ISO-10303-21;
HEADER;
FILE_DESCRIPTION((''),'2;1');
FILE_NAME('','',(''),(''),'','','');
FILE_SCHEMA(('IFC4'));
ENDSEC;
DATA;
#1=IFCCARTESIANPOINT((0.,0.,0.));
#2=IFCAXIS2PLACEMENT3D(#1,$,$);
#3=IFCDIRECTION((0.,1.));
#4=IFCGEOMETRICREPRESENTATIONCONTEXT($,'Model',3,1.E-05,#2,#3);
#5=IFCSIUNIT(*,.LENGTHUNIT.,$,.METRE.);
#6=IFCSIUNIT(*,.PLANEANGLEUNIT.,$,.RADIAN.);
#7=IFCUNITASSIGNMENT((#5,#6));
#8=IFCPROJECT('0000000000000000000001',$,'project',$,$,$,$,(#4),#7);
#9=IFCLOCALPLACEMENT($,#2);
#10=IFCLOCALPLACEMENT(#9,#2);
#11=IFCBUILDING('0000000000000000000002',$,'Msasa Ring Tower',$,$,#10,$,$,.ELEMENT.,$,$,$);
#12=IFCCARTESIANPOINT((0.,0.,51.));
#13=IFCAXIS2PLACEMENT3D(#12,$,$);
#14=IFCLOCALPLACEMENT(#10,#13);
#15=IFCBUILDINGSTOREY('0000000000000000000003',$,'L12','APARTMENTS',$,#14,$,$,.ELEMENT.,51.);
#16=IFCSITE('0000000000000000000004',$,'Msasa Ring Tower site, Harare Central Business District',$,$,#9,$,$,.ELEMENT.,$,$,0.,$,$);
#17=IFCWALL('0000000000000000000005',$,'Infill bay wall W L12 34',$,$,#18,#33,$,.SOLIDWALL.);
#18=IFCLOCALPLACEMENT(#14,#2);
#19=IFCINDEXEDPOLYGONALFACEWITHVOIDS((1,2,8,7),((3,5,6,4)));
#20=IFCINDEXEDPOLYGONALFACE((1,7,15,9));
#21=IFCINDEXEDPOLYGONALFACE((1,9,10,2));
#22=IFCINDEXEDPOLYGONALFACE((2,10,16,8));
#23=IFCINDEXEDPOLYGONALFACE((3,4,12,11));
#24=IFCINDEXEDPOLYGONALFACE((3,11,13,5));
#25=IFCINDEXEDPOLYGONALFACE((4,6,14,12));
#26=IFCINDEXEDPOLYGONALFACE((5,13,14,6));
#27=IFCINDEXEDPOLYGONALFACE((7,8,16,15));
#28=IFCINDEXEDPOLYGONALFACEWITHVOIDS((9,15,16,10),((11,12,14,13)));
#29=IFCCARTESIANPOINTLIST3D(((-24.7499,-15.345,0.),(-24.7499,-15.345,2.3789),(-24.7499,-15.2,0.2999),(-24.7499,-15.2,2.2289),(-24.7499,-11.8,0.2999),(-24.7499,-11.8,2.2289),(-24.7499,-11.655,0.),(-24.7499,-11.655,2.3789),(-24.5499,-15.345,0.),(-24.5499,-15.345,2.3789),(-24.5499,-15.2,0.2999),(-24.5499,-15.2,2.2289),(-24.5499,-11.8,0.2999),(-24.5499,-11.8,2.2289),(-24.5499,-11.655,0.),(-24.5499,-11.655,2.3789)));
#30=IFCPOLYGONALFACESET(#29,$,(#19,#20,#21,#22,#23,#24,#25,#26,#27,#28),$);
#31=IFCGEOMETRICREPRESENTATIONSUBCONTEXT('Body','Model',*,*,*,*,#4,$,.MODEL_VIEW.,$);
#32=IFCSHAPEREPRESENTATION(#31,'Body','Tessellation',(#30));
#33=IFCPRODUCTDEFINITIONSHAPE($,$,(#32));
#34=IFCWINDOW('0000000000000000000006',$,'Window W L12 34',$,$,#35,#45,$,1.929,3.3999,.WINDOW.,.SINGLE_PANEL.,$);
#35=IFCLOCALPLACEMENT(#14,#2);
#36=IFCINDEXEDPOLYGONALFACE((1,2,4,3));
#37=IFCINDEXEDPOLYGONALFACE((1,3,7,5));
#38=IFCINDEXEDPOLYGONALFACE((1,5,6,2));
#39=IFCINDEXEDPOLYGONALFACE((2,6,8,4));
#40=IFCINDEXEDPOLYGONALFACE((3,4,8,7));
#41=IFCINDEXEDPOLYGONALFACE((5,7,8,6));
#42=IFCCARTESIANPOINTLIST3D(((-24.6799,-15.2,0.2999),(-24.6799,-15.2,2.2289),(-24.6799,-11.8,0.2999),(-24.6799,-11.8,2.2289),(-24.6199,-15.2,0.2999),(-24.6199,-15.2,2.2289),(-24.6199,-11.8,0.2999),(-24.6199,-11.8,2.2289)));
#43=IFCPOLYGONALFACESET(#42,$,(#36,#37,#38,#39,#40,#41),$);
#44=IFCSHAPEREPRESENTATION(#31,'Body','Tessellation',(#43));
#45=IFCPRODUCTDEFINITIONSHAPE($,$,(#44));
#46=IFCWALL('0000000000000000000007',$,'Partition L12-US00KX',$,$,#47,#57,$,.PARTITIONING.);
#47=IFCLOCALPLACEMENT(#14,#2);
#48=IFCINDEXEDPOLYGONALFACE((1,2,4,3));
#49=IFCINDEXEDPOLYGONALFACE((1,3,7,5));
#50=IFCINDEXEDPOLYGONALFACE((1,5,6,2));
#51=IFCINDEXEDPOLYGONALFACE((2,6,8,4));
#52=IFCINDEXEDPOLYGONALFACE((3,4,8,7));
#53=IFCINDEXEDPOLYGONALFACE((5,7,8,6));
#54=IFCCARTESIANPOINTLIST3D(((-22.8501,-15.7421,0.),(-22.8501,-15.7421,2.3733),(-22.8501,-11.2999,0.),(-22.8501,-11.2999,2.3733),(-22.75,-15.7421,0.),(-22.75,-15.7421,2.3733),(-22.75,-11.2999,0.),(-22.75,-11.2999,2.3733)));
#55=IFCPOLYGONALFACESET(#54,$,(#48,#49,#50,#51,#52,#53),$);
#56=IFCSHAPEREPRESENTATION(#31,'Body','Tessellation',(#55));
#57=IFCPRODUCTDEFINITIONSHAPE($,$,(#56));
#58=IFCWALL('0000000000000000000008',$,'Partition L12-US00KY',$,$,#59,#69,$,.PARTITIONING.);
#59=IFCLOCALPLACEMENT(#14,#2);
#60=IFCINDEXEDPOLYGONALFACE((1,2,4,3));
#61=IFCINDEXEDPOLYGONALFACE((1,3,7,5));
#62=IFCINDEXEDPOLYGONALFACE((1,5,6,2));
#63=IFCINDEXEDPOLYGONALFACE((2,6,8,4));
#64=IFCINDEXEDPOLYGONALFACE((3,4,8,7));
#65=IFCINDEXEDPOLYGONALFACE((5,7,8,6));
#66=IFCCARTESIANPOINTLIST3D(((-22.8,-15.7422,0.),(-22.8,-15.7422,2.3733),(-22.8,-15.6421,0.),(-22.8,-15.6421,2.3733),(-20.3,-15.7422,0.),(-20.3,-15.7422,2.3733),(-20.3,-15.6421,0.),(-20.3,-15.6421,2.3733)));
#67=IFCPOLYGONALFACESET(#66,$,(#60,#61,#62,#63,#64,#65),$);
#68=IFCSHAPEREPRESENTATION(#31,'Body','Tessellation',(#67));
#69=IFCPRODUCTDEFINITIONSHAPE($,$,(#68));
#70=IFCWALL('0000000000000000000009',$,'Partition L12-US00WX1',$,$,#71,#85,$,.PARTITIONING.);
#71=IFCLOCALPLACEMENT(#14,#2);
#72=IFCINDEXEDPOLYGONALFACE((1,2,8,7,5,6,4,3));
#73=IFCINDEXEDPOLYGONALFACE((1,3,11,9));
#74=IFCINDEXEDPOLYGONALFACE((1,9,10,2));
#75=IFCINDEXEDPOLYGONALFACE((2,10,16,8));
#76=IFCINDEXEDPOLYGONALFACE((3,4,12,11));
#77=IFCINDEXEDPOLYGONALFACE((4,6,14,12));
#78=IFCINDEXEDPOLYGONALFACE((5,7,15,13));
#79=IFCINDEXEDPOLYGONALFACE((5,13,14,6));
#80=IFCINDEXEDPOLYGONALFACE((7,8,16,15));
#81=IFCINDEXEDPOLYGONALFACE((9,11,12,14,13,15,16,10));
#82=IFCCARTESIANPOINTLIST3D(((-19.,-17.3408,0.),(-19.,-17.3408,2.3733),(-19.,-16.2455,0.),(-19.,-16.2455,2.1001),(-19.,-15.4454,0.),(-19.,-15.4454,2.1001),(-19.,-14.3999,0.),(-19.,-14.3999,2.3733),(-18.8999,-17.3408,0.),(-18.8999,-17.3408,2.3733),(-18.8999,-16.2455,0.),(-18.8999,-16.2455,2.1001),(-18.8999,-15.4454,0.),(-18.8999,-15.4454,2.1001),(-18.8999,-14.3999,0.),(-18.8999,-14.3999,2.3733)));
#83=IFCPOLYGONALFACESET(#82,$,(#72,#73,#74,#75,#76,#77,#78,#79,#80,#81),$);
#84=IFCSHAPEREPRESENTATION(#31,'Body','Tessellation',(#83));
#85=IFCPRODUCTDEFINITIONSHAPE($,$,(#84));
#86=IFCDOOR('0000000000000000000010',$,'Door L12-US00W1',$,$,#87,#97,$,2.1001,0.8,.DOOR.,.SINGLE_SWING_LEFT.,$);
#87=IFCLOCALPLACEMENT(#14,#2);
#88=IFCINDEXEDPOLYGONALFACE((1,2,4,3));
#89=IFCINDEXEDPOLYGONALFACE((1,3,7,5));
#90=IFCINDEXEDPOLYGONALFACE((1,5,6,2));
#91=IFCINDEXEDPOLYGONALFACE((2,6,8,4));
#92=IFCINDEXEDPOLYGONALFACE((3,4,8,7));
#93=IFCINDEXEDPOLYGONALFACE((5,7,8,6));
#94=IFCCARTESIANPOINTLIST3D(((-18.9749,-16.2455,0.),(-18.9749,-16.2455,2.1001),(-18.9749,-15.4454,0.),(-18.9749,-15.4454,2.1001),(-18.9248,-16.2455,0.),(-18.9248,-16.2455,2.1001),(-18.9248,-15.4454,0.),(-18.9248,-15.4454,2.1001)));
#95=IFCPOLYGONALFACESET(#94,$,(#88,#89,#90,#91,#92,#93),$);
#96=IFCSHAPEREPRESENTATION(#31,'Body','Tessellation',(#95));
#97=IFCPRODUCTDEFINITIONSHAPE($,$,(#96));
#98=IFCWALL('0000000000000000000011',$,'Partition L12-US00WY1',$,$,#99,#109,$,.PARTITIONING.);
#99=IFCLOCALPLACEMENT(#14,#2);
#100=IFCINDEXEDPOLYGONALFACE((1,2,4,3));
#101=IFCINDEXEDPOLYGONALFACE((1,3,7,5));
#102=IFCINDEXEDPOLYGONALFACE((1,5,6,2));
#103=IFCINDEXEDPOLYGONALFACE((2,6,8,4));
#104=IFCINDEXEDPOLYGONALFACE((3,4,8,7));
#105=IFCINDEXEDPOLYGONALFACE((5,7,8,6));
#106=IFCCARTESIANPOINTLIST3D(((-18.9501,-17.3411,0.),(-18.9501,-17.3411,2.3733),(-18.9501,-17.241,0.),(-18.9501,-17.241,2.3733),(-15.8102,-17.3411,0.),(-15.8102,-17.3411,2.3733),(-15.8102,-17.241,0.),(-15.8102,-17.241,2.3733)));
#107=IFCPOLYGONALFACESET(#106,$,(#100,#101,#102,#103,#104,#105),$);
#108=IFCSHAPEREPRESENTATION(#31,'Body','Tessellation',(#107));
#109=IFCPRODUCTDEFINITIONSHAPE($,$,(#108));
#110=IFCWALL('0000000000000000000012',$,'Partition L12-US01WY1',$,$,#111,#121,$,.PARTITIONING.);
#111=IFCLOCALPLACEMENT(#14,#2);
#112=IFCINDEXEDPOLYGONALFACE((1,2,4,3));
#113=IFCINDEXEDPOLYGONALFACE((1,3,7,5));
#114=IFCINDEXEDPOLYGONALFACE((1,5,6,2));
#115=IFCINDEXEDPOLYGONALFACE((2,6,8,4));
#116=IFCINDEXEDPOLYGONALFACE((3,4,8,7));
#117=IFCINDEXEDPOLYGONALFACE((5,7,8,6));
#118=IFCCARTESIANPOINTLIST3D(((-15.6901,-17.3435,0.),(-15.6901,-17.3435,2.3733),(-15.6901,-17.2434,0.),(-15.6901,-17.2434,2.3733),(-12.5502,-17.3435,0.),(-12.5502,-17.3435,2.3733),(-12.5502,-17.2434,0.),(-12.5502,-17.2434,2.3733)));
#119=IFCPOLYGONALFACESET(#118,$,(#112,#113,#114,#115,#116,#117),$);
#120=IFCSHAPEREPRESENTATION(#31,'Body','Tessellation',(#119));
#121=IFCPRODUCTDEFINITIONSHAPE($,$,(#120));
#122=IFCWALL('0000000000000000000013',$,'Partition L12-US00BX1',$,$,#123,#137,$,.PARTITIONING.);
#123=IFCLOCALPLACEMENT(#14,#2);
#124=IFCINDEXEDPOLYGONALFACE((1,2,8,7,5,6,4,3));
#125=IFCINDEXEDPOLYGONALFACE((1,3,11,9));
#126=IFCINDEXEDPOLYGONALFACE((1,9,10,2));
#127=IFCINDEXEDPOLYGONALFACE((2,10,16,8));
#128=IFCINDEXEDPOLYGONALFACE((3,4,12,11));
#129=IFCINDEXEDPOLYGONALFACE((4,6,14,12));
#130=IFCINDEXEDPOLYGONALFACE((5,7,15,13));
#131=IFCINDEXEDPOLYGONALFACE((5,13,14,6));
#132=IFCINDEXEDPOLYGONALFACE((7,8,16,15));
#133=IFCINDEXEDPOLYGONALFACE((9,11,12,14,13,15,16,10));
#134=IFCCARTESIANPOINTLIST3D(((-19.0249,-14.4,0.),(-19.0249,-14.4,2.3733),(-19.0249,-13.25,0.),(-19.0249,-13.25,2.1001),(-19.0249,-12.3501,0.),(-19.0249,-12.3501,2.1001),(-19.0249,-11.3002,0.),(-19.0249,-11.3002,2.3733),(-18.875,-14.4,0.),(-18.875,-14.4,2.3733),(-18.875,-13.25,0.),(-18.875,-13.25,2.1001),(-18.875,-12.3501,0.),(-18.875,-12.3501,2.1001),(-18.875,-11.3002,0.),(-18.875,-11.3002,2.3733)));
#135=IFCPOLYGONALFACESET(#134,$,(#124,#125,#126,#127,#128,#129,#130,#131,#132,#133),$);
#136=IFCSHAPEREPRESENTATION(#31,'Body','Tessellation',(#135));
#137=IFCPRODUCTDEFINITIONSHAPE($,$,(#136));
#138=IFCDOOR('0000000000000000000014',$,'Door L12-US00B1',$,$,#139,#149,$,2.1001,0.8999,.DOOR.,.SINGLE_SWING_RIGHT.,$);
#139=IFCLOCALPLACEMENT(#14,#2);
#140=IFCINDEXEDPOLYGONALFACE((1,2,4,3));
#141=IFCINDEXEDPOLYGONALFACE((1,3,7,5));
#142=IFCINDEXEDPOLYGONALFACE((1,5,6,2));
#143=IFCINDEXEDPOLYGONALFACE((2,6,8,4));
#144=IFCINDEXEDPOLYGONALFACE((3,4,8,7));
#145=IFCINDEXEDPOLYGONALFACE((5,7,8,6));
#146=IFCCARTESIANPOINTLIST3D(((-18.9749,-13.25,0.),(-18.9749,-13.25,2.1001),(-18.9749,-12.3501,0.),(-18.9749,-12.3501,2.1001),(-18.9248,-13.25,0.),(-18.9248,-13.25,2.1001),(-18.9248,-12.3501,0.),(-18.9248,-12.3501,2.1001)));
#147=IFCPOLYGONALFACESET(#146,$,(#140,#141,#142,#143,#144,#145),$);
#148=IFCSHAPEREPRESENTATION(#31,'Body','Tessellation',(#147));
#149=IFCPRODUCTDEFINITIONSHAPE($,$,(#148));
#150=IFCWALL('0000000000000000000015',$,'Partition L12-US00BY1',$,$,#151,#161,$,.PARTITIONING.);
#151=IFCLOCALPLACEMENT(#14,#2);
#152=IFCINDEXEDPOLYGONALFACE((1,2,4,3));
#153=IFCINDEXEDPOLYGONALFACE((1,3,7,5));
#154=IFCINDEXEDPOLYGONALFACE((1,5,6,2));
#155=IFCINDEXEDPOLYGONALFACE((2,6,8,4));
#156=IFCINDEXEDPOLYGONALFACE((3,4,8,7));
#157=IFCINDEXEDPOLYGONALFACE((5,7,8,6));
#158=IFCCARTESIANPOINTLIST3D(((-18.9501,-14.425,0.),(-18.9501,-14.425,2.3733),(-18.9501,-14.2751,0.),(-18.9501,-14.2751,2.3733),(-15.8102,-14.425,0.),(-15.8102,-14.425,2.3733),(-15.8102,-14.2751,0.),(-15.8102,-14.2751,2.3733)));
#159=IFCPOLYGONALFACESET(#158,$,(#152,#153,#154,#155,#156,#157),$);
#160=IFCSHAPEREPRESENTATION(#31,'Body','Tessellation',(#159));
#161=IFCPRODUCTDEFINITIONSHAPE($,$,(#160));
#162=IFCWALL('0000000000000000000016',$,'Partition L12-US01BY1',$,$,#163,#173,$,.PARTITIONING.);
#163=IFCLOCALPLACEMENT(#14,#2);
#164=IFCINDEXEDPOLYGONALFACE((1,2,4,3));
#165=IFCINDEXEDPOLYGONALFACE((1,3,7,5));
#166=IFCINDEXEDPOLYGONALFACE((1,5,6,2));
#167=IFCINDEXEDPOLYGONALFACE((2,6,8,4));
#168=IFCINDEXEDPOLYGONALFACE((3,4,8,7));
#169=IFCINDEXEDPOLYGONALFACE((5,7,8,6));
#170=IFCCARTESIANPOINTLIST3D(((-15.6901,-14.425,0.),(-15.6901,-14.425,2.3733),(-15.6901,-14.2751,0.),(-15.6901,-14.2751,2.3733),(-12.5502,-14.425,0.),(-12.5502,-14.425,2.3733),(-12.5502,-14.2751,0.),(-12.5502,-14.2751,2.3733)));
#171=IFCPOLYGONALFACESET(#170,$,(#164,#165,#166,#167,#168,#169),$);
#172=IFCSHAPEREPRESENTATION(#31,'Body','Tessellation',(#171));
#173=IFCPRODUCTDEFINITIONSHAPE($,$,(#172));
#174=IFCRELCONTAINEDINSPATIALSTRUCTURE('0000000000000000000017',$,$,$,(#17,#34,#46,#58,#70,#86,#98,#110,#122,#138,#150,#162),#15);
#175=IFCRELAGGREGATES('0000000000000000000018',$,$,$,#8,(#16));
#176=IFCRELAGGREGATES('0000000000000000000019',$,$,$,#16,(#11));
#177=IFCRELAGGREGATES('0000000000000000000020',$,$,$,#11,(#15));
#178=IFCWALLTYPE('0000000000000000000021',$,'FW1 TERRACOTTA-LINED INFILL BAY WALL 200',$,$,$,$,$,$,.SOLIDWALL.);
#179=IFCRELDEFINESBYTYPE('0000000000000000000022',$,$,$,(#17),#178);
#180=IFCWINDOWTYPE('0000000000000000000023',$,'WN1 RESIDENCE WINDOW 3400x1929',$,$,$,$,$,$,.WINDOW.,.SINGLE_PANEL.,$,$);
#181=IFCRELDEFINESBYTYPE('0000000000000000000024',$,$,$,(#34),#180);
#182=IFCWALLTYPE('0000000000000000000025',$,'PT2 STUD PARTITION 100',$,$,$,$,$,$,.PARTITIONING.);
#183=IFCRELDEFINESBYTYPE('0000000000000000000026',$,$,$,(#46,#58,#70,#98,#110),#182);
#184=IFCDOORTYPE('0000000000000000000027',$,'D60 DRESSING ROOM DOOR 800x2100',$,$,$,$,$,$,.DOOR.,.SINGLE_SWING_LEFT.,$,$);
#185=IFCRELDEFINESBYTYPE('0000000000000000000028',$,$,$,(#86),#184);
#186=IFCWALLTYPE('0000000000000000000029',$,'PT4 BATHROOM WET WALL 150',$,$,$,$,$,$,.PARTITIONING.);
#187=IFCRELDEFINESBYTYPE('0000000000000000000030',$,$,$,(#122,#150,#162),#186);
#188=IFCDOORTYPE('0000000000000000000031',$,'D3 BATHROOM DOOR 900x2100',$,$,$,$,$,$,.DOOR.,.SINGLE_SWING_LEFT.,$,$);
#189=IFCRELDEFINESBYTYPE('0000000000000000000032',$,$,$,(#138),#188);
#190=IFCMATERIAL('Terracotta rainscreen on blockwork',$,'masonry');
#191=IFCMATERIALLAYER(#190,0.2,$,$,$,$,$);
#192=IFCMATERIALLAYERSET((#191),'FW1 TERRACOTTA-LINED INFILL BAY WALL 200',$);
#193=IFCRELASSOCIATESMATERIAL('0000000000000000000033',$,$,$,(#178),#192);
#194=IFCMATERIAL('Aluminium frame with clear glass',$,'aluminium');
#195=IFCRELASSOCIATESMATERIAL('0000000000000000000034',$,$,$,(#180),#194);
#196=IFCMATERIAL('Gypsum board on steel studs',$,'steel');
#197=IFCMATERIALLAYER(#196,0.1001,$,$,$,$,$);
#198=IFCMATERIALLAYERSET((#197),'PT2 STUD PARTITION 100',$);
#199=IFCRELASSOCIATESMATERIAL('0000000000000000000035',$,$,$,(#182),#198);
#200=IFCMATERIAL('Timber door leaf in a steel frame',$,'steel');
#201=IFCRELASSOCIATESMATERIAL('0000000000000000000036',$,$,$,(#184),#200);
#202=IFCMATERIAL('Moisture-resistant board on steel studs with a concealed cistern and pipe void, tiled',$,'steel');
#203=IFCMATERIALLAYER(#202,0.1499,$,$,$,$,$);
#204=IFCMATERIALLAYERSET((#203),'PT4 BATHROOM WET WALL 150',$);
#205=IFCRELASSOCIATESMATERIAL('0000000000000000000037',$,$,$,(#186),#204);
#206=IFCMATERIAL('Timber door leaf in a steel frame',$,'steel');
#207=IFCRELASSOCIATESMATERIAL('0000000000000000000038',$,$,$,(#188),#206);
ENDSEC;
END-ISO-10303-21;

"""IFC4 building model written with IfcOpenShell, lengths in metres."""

from ifc_helpers import new_model, si_unit, direction, frame, frame_2d, origin, place, context, subcontext, project, spatial, rectangle, extrude, material, layer, layer_set, type_object, element, fill, save


model = new_model("IFC4")

# Units and contexts
model_context = context("Model", 3, precision=1e-05, world=origin(), true_north=direction((0.0, 1.0)))
body_context = subcontext(model_context, "Body", "Model", "MODEL_VIEW")
ifc_project = project(units=[si_unit("LENGTHUNIT", "METRE"), si_unit("PLANEANGLEUNIT", "RADIAN")], contexts=[model_context])

# Site, building, storey
site_placement = place(None, origin())
site = spatial("IfcSite", under=ifc_project, at=site_placement, Name="Msasa Ring Tower site, Harare Central Business District", CompositionType="ELEMENT", RefElevation=0.0)
building_placement = place(site_placement, origin())
building = spatial("IfcBuilding", under=site, at=building_placement, Name="Msasa Ring Tower", CompositionType="ELEMENT")
storey_placement = place(building_placement, frame((0.0, 0.0, 51.0)))
storey = spatial("IfcBuildingStorey", under=building, at=storey_placement, Name="L12", Description="APARTMENTS", CompositionType="ELEMENT", Elevation=51.0)

# Wall, opening, window
ifc_material_1 = material(Name="Terracotta rainscreen on blockwork", Category="masonry")
ifc_layer_1 = layer(ifc_material_1, 0.2)
ifc_layer_set_1 = layer_set([ifc_layer_1], Name="FW1 TERRACOTTA-LINED INFILL BAY WALL 200")
wall_type_1 = type_object("IfcWallType", Name="FW1 TERRACOTTA-LINED INFILL BAY WALL 200", PredefinedType="SOLIDWALL", material=ifc_layer_set_1)
ifc_material_2 = material(Name="Aluminium frame with clear glass", Category="aluminium")
window_type = type_object("IfcWindowType", Name="WN1 RESIDENCE WINDOW 3400x1929", PartitioningType="SINGLE_PANEL", PredefinedType="WINDOW", material=ifc_material_2)
wall_1_placement = place(storey_placement, frame((-24.6499, -15.345, 0.0), z_axis=(0.0, 0.0, 1.0), x_axis=(0.0, 1.0, 0.0)))
wall_1 = element("IfcWall", 1, at=wall_1_placement, inside=storey, type_object=wall_type_1, Name="Infill bay wall W L12 34", PredefinedType="SOLIDWALL", context=body_context, shape_type="SweptSolid", body=[
    extrude(rectangle(XDim=3.6899, YDim=0.2, at=frame_2d((1.845, 0.0))), origin(), (0.0, 0.0, 1.0), 2.3789),
])
opening_1_placement = place(wall_1_placement, frame((0.145, 0.0, 0.3)))
opening_1 = element("IfcOpeningElement", 2, at=opening_1_placement, cuts=wall_1, PredefinedType="OPENING", context=body_context, shape_type="SweptSolid", body=[
    extrude(rectangle(XDim=3.3999, YDim=1.929, at=frame_2d((1.7, 0.9644))), frame((0.0, 0.1099, 0.0), z_axis=(0.0, -1.0, 0.0), x_axis=(1.0, 0.0, 0.0)), (0.0, 0.0, 1.0), 0.22),
])
window_1_placement = place(opening_1_placement, origin())
window_1 = element("IfcWindow", 3, at=window_1_placement, inside=storey, type_object=window_type, Name="Window W L12 34", OverallHeight=1.929, OverallWidth=3.3999, PartitioningType="SINGLE_PANEL", PredefinedType="WINDOW", context=body_context, shape_type="SweptSolid", body=[
    extrude(rectangle(XDim=3.3999, YDim=1.929, at=frame_2d((1.7, 0.9644))), frame((0.0, 0.03, 0.0), z_axis=(0.0, -1.0, 0.0), x_axis=(1.0, 0.0, 0.0)), (0.0, 0.0, 1.0), 0.0601),
])
fill(opening_1, window_1)

# Walls
ifc_material_3 = material(Name="Gypsum board on steel studs", Category="steel")
ifc_layer_2 = layer(ifc_material_3, 0.1001)
ifc_layer_set_2 = layer_set([ifc_layer_2], Name="PT2 STUD PARTITION 100")
wall_type_2 = type_object("IfcWallType", Name="PT2 STUD PARTITION 100", PredefinedType="PARTITIONING", material=ifc_layer_set_2)
wall_2_placement = place(storey_placement, frame((-22.8, -15.7422, 0.0), z_axis=(0.0, 0.0, 1.0), x_axis=(0.0, 1.0, 0.0)))
element("IfcWall", 4, at=wall_2_placement, inside=storey, type_object=wall_type_2, Name="Partition L12-US00KX", PredefinedType="PARTITIONING", context=body_context, shape_type="SweptSolid", body=[
    extrude(rectangle(XDim=4.4421, YDim=0.1001, at=frame_2d((2.2212, 0.0))), origin(), (0.0, 0.0, 1.0), 2.3733),
])
wall_3_placement = place(storey_placement, frame((-22.8, -15.6921, 0.0), z_axis=(0.0, 0.0, 1.0), x_axis=(1.0, 0.0, 0.0)))
element("IfcWall", 5, at=wall_3_placement, inside=storey, type_object=wall_type_2, Name="Partition L12-US00KY", PredefinedType="PARTITIONING", context=body_context, shape_type="SweptSolid", body=[
    extrude(rectangle(XDim=2.5, YDim=0.1001, at=frame_2d((1.25, 0.0))), origin(), (0.0, 0.0, 1.0), 2.3733),
])

# Wall, opening, door
wall_4_placement = place(storey_placement, frame((-18.95, -17.3408, 0.0), z_axis=(0.0, 0.0, 1.0), x_axis=(0.0, 1.0, 0.0)))
wall_4 = element("IfcWall", 6, at=wall_4_placement, inside=storey, type_object=wall_type_2, Name="Partition L12-US00WX1", PredefinedType="PARTITIONING", context=body_context, shape_type="SweptSolid", body=[
    extrude(rectangle(XDim=2.9409, YDim=0.1001, at=frame_2d((1.4705, 0.0))), origin(), (0.0, 0.0, 1.0), 2.3733),
])
opening_2_placement = place(wall_4_placement, frame((1.0955, 0.0, 0.0)))
opening_2 = element("IfcOpeningElement", 7, at=opening_2_placement, cuts=wall_4, PredefinedType="OPENING", context=body_context, shape_type="SweptSolid", body=[
    extrude(rectangle(XDim=0.8, YDim=2.1001, at=frame_2d((0.3999, 1.05))), frame((0.0, 0.0601, 0.0), z_axis=(0.0, -1.0, 0.0), x_axis=(1.0, 0.0, 0.0)), (0.0, 0.0, 1.0), 0.1201),
])
ifc_material_4 = material(Name="Timber door leaf in a steel frame", Category="steel")
door_type_1 = type_object("IfcDoorType", Name="D60 DRESSING ROOM DOOR 800x2100", OperationType="SINGLE_SWING_LEFT", PredefinedType="DOOR", material=ifc_material_4)
door_1_placement = place(opening_2_placement, origin())
door_1 = element("IfcDoor", 8, at=door_1_placement, inside=storey, type_object=door_type_1, Name="Door L12-US00W1", OperationType="SINGLE_SWING_LEFT", OverallHeight=2.1001, OverallWidth=0.8, PredefinedType="DOOR", context=body_context, shape_type="SweptSolid", body=[
    extrude(rectangle(XDim=0.8, YDim=2.1001, at=frame_2d((0.3999, 1.05))), frame((0.0, 0.0249, 0.0), z_axis=(0.0, -1.0, 0.0), x_axis=(1.0, 0.0, 0.0)), (0.0, 0.0, 1.0), 0.05),
])
fill(opening_2, door_1)

# Walls
for number, where, z_axis, x_axis, name in (
    (9, (-18.95, -17.291, 0.0), (0.0, 0.0, 1.0), (1.0, 0.0, 0.0), "Partition L12-US00WY1"),
    (10, (-15.6899, -17.2935, 0.0), (0.0, 0.0, 1.0), (1.0, 0.0, 0.0), "Partition L12-US01WY1"),
):
    element("IfcWall", number, at=place(storey_placement, frame(where, z_axis=z_axis, x_axis=x_axis)), inside=storey, type_object=wall_type_2, Name=name, PredefinedType="PARTITIONING", context=body_context, shape_type="SweptSolid", body=[
        extrude(rectangle(XDim=3.1399, YDim=0.1001, at=frame_2d((1.5698, 0.0))), origin(), (0.0, 0.0, 1.0), 2.3733),
    ])

# Wall, opening, door
ifc_material_5 = material(Name="Moisture-resistant board on steel studs with a concealed cistern and pipe void, tiled", Category="steel")
ifc_layer_3 = layer(ifc_material_5, 0.1499)
ifc_layer_set_3 = layer_set([ifc_layer_3], Name="PT4 BATHROOM WET WALL 150")
wall_type_3 = type_object("IfcWallType", Name="PT4 BATHROOM WET WALL 150", PredefinedType="PARTITIONING", material=ifc_layer_set_3)
wall_5_placement = place(storey_placement, frame((-18.95, -14.3999, 0.0), z_axis=(0.0, 0.0, 1.0), x_axis=(0.0, 1.0, 0.0)))
wall_5 = element("IfcWall", 11, at=wall_5_placement, inside=storey, type_object=wall_type_3, Name="Partition L12-US00BX1", PredefinedType="PARTITIONING", context=body_context, shape_type="SweptSolid", body=[
    extrude(rectangle(XDim=3.0999, YDim=0.1499, at=frame_2d((1.5498, 0.0))), origin(), (0.0, 0.0, 1.0), 2.3733),
])
opening_3_placement = place(wall_5_placement, frame((1.1499, 0.0, 0.0)))
opening_3 = element("IfcOpeningElement", 12, at=opening_3_placement, cuts=wall_5, PredefinedType="OPENING", context=body_context, shape_type="SweptSolid", body=[
    extrude(rectangle(XDim=0.8999, YDim=2.1001, at=frame_2d((0.45, 1.05))), frame((0.0, 0.085, 0.0), z_axis=(0.0, -1.0, 0.0), x_axis=(1.0, 0.0, 0.0)), (0.0, 0.0, 1.0), 0.1699),
])
ifc_material_6 = material(Name="Timber door leaf in a steel frame", Category="steel")
door_type_2 = type_object("IfcDoorType", Name="D3 BATHROOM DOOR 900x2100", OperationType="SINGLE_SWING_LEFT", PredefinedType="DOOR", material=ifc_material_6)
door_2_placement = place(opening_3_placement, origin())
door_2 = element("IfcDoor", 13, at=door_2_placement, inside=storey, type_object=door_type_2, Name="Door L12-US00B1", OperationType="SINGLE_SWING_RIGHT", OverallHeight=2.1001, OverallWidth=0.8999, PredefinedType="DOOR", context=body_context, shape_type="SweptSolid", body=[
    extrude(rectangle(XDim=0.8999, YDim=2.1001, at=frame_2d((0.45, 1.05))), frame((0.0, 0.0249, 0.0), z_axis=(0.0, -1.0, 0.0), x_axis=(1.0, 0.0, 0.0)), (0.0, 0.0, 1.0), 0.05),
])
fill(opening_3, door_2)

# Walls
for number, where, z_axis, x_axis, name in (
    (14, (-18.95, -14.3501, 0.0), (0.0, 0.0, 1.0), (1.0, 0.0, 0.0), "Partition L12-US00BY1"),
    (15, (-15.6899, -14.3501, 0.0), (0.0, 0.0, 1.0), (1.0, 0.0, 0.0), "Partition L12-US01BY1"),
):
    element("IfcWall", number, at=place(storey_placement, frame(where, z_axis=z_axis, x_axis=x_axis)), inside=storey, type_object=wall_type_3, Name=name, PredefinedType="PARTITIONING", context=body_context, shape_type="SweptSolid", body=[
        extrude(rectangle(XDim=3.1399, YDim=0.1499, at=frame_2d((1.5698, 0.0))), origin(), (0.0, 0.0, 1.0), 2.3733),
    ])

save(model, "model.ifc")
